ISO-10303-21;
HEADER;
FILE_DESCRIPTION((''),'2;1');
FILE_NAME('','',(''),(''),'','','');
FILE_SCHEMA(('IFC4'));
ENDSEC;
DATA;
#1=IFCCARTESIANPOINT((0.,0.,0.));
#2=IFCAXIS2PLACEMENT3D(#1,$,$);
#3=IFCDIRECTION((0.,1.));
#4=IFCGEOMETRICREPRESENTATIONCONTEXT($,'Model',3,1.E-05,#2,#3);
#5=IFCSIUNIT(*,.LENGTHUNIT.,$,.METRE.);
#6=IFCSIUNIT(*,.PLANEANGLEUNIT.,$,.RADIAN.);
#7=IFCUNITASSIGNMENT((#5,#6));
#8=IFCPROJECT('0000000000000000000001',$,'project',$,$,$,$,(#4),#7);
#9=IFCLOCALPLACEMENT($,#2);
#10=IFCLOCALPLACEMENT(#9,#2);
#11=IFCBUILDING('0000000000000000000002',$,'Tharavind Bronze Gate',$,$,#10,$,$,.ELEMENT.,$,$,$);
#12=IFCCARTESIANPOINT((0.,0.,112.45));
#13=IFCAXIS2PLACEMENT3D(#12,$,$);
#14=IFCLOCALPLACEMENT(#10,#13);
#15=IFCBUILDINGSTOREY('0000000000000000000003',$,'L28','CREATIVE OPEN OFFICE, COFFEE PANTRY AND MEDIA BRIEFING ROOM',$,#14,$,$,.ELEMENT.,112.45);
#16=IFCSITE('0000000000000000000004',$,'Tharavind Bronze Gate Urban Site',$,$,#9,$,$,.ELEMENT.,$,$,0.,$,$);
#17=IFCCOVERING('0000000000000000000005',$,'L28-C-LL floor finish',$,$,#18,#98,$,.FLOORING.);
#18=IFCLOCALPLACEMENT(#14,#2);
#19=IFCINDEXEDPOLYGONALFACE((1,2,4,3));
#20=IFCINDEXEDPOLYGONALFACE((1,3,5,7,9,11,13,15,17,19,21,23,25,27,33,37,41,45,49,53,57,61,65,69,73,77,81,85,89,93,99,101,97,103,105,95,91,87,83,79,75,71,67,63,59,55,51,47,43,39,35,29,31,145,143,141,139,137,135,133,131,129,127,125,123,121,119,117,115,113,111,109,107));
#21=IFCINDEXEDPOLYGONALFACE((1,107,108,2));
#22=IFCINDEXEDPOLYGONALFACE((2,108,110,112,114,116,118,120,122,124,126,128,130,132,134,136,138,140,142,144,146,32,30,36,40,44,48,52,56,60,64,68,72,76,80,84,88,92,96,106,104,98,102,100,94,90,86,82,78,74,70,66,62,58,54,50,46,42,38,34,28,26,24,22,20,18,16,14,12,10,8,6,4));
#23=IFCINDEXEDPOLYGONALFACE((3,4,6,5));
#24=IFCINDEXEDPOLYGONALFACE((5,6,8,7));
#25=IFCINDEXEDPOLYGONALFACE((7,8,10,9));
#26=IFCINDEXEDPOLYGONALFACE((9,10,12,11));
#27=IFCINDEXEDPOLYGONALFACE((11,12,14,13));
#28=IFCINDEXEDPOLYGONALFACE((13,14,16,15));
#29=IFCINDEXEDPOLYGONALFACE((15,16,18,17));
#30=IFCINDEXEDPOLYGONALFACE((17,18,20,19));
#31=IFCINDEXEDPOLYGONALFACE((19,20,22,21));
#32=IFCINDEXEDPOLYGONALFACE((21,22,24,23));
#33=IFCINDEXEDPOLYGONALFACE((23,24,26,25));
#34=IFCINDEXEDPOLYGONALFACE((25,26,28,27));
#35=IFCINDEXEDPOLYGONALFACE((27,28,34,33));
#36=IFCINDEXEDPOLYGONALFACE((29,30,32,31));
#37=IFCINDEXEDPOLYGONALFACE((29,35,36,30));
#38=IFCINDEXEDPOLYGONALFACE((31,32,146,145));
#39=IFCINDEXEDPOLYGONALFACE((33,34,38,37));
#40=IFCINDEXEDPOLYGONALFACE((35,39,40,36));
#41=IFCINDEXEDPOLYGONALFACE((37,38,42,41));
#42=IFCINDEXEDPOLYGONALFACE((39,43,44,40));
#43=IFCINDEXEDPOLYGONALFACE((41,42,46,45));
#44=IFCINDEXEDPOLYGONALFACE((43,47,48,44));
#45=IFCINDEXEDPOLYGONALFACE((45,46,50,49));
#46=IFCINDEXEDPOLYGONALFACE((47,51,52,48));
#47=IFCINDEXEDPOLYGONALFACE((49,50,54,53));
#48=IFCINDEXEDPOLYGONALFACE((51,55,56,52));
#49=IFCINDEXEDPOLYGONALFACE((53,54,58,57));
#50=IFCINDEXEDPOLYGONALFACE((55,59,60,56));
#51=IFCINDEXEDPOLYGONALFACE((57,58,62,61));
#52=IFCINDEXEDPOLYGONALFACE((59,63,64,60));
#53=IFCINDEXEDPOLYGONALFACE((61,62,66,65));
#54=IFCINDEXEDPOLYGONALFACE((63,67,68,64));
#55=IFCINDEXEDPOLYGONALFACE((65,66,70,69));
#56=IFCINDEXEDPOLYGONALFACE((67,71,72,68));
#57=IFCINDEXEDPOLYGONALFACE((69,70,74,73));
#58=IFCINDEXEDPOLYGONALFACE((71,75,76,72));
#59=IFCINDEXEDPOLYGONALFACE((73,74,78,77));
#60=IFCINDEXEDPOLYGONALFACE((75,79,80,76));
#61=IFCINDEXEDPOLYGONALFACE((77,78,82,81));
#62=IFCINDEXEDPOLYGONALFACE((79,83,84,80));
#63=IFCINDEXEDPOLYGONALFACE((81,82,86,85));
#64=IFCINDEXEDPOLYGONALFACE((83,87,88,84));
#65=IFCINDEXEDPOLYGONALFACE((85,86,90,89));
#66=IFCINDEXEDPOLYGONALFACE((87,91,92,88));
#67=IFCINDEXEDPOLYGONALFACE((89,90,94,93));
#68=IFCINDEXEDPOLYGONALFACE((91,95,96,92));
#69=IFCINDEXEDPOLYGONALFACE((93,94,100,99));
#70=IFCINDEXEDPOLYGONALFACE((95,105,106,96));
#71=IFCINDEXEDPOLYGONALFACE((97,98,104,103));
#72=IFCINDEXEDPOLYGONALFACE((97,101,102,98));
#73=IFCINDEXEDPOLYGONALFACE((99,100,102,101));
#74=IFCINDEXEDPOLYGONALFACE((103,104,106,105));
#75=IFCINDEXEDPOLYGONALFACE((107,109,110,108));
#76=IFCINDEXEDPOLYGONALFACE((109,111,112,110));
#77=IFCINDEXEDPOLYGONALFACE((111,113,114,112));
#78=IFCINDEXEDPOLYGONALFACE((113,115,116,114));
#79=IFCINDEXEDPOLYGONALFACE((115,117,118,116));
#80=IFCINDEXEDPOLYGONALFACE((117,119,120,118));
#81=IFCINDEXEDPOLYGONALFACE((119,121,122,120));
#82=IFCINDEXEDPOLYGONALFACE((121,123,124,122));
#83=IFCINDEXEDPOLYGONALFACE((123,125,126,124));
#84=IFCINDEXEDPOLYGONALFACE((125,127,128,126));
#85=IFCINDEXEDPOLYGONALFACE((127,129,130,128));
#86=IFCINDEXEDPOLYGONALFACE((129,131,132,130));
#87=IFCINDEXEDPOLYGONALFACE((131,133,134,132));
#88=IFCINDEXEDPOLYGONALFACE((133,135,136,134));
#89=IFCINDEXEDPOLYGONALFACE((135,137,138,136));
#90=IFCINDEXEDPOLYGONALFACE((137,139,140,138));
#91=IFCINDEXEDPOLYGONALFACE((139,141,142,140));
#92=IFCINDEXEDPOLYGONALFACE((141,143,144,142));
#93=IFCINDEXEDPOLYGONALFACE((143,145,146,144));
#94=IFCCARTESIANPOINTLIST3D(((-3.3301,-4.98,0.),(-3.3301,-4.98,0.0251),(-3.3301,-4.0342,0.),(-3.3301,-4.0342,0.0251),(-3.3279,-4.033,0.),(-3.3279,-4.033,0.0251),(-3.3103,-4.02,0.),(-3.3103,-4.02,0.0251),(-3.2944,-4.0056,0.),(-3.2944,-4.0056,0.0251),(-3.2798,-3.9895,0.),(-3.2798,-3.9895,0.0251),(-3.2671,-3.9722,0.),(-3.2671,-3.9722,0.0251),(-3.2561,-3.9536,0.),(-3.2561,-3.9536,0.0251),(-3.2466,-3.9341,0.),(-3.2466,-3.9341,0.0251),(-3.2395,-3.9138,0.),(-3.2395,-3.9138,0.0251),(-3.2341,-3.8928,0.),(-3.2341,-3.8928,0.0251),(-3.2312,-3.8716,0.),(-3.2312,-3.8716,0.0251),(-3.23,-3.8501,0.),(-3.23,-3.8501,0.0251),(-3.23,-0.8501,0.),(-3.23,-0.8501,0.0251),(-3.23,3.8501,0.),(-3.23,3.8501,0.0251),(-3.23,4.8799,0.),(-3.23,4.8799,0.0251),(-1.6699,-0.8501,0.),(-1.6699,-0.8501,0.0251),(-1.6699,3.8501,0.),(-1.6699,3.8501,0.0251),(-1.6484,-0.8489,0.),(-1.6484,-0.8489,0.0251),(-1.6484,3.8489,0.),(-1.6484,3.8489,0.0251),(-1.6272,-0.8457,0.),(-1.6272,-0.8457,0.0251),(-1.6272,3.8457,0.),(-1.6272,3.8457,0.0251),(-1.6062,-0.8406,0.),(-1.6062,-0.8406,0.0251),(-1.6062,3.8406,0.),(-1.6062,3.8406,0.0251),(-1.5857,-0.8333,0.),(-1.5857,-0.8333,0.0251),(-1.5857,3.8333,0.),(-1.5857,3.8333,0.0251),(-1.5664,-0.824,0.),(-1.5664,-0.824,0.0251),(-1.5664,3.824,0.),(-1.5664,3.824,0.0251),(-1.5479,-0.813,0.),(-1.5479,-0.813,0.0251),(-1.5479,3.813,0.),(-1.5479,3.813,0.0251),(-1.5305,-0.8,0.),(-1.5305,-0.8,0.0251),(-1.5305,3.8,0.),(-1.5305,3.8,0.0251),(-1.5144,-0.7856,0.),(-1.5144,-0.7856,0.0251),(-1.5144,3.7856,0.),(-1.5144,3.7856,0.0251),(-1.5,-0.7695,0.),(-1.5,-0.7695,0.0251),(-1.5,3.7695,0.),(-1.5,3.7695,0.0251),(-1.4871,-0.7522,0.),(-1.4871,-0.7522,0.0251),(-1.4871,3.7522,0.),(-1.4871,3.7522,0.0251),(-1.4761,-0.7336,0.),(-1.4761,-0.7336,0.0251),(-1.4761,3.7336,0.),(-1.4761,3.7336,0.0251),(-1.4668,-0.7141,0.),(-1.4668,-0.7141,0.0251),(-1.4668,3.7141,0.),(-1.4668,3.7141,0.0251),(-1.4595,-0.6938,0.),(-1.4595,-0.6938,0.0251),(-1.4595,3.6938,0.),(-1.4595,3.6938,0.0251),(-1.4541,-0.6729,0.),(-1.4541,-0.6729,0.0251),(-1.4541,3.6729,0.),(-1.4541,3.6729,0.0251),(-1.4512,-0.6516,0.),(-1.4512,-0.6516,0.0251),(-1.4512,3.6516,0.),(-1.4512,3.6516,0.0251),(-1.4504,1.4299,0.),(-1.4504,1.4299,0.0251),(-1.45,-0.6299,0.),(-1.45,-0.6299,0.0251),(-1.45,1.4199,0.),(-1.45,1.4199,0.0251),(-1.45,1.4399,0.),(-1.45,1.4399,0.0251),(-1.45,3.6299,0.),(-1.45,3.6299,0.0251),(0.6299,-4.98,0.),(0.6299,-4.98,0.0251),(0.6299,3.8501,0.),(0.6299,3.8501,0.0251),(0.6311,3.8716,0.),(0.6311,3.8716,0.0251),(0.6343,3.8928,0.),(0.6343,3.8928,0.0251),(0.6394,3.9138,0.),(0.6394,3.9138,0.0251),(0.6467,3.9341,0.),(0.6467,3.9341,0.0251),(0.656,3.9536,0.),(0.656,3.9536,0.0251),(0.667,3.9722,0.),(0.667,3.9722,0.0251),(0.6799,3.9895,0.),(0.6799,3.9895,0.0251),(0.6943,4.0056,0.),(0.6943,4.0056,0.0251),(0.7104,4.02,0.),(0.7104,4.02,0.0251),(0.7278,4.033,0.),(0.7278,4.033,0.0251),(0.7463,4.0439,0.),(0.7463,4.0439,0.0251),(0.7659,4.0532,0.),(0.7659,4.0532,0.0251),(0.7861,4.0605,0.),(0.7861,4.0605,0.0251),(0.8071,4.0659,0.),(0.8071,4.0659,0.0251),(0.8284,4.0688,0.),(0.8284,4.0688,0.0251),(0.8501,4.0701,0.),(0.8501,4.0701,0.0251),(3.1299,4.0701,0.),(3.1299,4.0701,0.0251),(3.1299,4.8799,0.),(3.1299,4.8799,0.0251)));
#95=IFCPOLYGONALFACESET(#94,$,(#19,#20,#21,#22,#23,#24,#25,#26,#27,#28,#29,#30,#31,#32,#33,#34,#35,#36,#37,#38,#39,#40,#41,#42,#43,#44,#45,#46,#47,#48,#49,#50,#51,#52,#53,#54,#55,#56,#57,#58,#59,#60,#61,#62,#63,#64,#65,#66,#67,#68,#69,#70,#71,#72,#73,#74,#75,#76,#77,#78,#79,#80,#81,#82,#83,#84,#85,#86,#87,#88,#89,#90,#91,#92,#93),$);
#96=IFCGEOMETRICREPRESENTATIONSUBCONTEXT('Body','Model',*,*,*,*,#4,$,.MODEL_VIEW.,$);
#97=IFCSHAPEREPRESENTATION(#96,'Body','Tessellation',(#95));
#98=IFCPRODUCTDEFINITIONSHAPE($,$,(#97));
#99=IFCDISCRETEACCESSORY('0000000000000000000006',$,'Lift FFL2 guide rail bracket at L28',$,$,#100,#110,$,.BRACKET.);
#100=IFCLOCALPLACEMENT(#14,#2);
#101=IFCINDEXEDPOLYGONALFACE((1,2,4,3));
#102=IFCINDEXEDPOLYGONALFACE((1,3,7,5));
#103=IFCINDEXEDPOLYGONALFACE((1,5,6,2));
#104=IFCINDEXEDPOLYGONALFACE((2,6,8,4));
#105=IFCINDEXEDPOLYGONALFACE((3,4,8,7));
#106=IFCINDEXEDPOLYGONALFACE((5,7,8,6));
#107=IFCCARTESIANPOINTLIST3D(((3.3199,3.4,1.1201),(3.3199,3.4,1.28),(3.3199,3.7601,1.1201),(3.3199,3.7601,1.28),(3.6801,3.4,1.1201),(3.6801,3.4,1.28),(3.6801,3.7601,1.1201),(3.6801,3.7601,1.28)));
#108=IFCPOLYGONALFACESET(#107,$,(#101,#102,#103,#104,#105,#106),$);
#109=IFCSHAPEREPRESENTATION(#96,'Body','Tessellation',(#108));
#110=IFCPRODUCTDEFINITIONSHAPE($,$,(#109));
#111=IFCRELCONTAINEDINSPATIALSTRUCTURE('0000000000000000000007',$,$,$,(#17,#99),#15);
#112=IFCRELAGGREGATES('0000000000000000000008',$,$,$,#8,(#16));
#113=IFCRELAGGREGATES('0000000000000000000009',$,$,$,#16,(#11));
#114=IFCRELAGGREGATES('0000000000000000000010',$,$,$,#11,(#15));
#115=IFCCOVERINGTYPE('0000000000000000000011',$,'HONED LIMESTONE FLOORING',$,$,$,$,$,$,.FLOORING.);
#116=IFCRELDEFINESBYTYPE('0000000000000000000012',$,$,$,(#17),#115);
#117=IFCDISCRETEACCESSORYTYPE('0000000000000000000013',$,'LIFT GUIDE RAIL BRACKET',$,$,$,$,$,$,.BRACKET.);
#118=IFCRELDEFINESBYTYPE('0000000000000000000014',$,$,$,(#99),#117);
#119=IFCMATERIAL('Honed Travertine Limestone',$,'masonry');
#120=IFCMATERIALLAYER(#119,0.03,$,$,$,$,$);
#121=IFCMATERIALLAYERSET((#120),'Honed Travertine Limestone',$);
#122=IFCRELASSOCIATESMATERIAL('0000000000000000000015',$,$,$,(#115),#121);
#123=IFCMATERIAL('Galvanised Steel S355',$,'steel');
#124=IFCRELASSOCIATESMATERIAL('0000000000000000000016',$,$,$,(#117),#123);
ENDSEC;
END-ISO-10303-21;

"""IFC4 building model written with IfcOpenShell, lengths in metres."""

from ifc_helpers import new_model, si_unit, direction, frame, origin, origin_2d, place, context, subcontext, project, spatial, polyline, rectangle, outline, extrude, material, layer, layer_set, type_object, element, save


model = new_model("IFC4")

# Units and contexts
model_context = context("Model", 3, precision=1e-05, world=origin(), true_north=direction((0.0, 1.0)))
body_context = subcontext(model_context, "Body", "Model", "MODEL_VIEW")
ifc_project = project(units=[si_unit("LENGTHUNIT", "METRE"), si_unit("PLANEANGLEUNIT", "RADIAN")], contexts=[model_context])

# Site, building, storey
site_placement = place(None, origin())
site = spatial("IfcSite", under=ifc_project, at=site_placement, Name="Tharavind Bronze Gate Urban Site", CompositionType="ELEMENT", RefElevation=0.0)
building_placement = place(site_placement, origin())
building = spatial("IfcBuilding", under=site, at=building_placement, Name="Tharavind Bronze Gate", CompositionType="ELEMENT")
storey_placement = place(building_placement, frame((0.0, 0.0, 112.45)))
storey = spatial("IfcBuildingStorey", under=building, at=storey_placement, Name="L28", Description="CREATIVE OPEN OFFICE, COFFEE PANTRY AND MEDIA BRIEFING ROOM", CompositionType="ELEMENT", Elevation=112.45)

# Covering
ifc_material_1 = material(Name="Honed Travertine Limestone", Category="masonry")
ifc_layer_1 = layer(ifc_material_1, 0.03)
ifc_layer_set_1 = layer_set([ifc_layer_1], Name="Honed Travertine Limestone")
covering_type_1 = type_object("IfcCoveringType", Name="HONED LIMESTONE FLOORING", PredefinedType="FLOORING", material=ifc_layer_set_1)
covering_1_placement = place(storey_placement, origin())
element("IfcCovering", 1, at=covering_1_placement, inside=storey, type_object=covering_type_1, Name="L28-C-LL floor finish", PredefinedType="FLOORING", context=body_context, shape_type="SweptSolid", body=[
    extrude(outline(polyline([(-3.3301, -4.98), (0.6299, -4.98), (0.6299, 3.8501), (0.6311, 3.8716), (0.6343, 3.8928), (0.6394, 3.9138), (0.6467, 3.9341), (0.656, 3.9536), (0.667, 3.9722), (0.6799, 3.9895), (0.6943, 4.0056), (0.7104, 4.02), (0.7278, 4.033), (0.7463, 4.0439), (0.7659, 4.0532), (0.7861, 4.0605), (0.8071, 4.0659), (0.8284, 4.0688), (0.8501, 4.0701), (3.1299, 4.0701), (3.1299, 4.8799), (-3.23, 4.8799), (-3.23, 3.8501), (-1.6699, 3.8501), (-1.6484, 3.8489), (-1.6272, 3.8457), (-1.6062, 3.8406), (-1.5857, 3.8333), (-1.5664, 3.824), (-1.5479, 3.813), (-1.5305, 3.8), (-1.5144, 3.7856), (-1.5, 3.7695), (-1.4871, 3.7522), (-1.4761, 3.7336), (-1.4668, 3.7141), (-1.4595, 3.6938), (-1.4541, 3.6729), (-1.4512, 3.6516), (-1.45, 3.6299), (-1.45, 1.4399), (-1.4504, 1.4299), (-1.45, 1.4199), (-1.45, -0.6299), (-1.4512, -0.6516), (-1.4541, -0.6729), (-1.4595, -0.6938), (-1.4668, -0.7141), (-1.4761, -0.7336), (-1.4871, -0.7522), (-1.5, -0.7695), (-1.5144, -0.7856), (-1.5305, -0.8), (-1.5479, -0.813), (-1.5664, -0.824), (-1.5857, -0.8333), (-1.6062, -0.8406), (-1.6272, -0.8457), (-1.6484, -0.8489), (-1.6699, -0.8501), (-3.23, -0.8501), (-3.23, -3.8501), (-3.2312, -3.8716), (-3.2341, -3.8928), (-3.2395, -3.9138), (-3.2466, -3.9341), (-3.2561, -3.9536), (-3.2671, -3.9722), (-3.2798, -3.9895), (-3.2944, -4.0056), (-3.3103, -4.02), (-3.3279, -4.033), (-3.3301, -4.0342), (-3.3301, -4.98)])), origin(), (0.0, 0.0, 1.0), 0.0251),
])

# Discrete accessory
ifc_material_2 = material(Name="Galvanised Steel S355", Category="steel")
discrete_accessory_type = type_object("IfcDiscreteAccessoryType", Name="LIFT GUIDE RAIL BRACKET", PredefinedType="BRACKET", material=ifc_material_2)
discrete_accessory_placement = place(storey_placement, frame((3.5, 3.5801, 1.1201), z_axis=(0.0, 0.0, 1.0), x_axis=(1.0, 0.0, 0.0)))
element("IfcDiscreteAccessory", 2, at=discrete_accessory_placement, inside=storey, type_object=discrete_accessory_type, Name="Lift FFL2 guide rail bracket at L28", PredefinedType="BRACKET", context=body_context, shape_type="SweptSolid", body=[
    extrude(rectangle(XDim=0.3601, YDim=0.3601, at=origin_2d()), origin(), (0.0, 0.0, 1.0), 0.1599),
])

save(model, "model.ifc")
